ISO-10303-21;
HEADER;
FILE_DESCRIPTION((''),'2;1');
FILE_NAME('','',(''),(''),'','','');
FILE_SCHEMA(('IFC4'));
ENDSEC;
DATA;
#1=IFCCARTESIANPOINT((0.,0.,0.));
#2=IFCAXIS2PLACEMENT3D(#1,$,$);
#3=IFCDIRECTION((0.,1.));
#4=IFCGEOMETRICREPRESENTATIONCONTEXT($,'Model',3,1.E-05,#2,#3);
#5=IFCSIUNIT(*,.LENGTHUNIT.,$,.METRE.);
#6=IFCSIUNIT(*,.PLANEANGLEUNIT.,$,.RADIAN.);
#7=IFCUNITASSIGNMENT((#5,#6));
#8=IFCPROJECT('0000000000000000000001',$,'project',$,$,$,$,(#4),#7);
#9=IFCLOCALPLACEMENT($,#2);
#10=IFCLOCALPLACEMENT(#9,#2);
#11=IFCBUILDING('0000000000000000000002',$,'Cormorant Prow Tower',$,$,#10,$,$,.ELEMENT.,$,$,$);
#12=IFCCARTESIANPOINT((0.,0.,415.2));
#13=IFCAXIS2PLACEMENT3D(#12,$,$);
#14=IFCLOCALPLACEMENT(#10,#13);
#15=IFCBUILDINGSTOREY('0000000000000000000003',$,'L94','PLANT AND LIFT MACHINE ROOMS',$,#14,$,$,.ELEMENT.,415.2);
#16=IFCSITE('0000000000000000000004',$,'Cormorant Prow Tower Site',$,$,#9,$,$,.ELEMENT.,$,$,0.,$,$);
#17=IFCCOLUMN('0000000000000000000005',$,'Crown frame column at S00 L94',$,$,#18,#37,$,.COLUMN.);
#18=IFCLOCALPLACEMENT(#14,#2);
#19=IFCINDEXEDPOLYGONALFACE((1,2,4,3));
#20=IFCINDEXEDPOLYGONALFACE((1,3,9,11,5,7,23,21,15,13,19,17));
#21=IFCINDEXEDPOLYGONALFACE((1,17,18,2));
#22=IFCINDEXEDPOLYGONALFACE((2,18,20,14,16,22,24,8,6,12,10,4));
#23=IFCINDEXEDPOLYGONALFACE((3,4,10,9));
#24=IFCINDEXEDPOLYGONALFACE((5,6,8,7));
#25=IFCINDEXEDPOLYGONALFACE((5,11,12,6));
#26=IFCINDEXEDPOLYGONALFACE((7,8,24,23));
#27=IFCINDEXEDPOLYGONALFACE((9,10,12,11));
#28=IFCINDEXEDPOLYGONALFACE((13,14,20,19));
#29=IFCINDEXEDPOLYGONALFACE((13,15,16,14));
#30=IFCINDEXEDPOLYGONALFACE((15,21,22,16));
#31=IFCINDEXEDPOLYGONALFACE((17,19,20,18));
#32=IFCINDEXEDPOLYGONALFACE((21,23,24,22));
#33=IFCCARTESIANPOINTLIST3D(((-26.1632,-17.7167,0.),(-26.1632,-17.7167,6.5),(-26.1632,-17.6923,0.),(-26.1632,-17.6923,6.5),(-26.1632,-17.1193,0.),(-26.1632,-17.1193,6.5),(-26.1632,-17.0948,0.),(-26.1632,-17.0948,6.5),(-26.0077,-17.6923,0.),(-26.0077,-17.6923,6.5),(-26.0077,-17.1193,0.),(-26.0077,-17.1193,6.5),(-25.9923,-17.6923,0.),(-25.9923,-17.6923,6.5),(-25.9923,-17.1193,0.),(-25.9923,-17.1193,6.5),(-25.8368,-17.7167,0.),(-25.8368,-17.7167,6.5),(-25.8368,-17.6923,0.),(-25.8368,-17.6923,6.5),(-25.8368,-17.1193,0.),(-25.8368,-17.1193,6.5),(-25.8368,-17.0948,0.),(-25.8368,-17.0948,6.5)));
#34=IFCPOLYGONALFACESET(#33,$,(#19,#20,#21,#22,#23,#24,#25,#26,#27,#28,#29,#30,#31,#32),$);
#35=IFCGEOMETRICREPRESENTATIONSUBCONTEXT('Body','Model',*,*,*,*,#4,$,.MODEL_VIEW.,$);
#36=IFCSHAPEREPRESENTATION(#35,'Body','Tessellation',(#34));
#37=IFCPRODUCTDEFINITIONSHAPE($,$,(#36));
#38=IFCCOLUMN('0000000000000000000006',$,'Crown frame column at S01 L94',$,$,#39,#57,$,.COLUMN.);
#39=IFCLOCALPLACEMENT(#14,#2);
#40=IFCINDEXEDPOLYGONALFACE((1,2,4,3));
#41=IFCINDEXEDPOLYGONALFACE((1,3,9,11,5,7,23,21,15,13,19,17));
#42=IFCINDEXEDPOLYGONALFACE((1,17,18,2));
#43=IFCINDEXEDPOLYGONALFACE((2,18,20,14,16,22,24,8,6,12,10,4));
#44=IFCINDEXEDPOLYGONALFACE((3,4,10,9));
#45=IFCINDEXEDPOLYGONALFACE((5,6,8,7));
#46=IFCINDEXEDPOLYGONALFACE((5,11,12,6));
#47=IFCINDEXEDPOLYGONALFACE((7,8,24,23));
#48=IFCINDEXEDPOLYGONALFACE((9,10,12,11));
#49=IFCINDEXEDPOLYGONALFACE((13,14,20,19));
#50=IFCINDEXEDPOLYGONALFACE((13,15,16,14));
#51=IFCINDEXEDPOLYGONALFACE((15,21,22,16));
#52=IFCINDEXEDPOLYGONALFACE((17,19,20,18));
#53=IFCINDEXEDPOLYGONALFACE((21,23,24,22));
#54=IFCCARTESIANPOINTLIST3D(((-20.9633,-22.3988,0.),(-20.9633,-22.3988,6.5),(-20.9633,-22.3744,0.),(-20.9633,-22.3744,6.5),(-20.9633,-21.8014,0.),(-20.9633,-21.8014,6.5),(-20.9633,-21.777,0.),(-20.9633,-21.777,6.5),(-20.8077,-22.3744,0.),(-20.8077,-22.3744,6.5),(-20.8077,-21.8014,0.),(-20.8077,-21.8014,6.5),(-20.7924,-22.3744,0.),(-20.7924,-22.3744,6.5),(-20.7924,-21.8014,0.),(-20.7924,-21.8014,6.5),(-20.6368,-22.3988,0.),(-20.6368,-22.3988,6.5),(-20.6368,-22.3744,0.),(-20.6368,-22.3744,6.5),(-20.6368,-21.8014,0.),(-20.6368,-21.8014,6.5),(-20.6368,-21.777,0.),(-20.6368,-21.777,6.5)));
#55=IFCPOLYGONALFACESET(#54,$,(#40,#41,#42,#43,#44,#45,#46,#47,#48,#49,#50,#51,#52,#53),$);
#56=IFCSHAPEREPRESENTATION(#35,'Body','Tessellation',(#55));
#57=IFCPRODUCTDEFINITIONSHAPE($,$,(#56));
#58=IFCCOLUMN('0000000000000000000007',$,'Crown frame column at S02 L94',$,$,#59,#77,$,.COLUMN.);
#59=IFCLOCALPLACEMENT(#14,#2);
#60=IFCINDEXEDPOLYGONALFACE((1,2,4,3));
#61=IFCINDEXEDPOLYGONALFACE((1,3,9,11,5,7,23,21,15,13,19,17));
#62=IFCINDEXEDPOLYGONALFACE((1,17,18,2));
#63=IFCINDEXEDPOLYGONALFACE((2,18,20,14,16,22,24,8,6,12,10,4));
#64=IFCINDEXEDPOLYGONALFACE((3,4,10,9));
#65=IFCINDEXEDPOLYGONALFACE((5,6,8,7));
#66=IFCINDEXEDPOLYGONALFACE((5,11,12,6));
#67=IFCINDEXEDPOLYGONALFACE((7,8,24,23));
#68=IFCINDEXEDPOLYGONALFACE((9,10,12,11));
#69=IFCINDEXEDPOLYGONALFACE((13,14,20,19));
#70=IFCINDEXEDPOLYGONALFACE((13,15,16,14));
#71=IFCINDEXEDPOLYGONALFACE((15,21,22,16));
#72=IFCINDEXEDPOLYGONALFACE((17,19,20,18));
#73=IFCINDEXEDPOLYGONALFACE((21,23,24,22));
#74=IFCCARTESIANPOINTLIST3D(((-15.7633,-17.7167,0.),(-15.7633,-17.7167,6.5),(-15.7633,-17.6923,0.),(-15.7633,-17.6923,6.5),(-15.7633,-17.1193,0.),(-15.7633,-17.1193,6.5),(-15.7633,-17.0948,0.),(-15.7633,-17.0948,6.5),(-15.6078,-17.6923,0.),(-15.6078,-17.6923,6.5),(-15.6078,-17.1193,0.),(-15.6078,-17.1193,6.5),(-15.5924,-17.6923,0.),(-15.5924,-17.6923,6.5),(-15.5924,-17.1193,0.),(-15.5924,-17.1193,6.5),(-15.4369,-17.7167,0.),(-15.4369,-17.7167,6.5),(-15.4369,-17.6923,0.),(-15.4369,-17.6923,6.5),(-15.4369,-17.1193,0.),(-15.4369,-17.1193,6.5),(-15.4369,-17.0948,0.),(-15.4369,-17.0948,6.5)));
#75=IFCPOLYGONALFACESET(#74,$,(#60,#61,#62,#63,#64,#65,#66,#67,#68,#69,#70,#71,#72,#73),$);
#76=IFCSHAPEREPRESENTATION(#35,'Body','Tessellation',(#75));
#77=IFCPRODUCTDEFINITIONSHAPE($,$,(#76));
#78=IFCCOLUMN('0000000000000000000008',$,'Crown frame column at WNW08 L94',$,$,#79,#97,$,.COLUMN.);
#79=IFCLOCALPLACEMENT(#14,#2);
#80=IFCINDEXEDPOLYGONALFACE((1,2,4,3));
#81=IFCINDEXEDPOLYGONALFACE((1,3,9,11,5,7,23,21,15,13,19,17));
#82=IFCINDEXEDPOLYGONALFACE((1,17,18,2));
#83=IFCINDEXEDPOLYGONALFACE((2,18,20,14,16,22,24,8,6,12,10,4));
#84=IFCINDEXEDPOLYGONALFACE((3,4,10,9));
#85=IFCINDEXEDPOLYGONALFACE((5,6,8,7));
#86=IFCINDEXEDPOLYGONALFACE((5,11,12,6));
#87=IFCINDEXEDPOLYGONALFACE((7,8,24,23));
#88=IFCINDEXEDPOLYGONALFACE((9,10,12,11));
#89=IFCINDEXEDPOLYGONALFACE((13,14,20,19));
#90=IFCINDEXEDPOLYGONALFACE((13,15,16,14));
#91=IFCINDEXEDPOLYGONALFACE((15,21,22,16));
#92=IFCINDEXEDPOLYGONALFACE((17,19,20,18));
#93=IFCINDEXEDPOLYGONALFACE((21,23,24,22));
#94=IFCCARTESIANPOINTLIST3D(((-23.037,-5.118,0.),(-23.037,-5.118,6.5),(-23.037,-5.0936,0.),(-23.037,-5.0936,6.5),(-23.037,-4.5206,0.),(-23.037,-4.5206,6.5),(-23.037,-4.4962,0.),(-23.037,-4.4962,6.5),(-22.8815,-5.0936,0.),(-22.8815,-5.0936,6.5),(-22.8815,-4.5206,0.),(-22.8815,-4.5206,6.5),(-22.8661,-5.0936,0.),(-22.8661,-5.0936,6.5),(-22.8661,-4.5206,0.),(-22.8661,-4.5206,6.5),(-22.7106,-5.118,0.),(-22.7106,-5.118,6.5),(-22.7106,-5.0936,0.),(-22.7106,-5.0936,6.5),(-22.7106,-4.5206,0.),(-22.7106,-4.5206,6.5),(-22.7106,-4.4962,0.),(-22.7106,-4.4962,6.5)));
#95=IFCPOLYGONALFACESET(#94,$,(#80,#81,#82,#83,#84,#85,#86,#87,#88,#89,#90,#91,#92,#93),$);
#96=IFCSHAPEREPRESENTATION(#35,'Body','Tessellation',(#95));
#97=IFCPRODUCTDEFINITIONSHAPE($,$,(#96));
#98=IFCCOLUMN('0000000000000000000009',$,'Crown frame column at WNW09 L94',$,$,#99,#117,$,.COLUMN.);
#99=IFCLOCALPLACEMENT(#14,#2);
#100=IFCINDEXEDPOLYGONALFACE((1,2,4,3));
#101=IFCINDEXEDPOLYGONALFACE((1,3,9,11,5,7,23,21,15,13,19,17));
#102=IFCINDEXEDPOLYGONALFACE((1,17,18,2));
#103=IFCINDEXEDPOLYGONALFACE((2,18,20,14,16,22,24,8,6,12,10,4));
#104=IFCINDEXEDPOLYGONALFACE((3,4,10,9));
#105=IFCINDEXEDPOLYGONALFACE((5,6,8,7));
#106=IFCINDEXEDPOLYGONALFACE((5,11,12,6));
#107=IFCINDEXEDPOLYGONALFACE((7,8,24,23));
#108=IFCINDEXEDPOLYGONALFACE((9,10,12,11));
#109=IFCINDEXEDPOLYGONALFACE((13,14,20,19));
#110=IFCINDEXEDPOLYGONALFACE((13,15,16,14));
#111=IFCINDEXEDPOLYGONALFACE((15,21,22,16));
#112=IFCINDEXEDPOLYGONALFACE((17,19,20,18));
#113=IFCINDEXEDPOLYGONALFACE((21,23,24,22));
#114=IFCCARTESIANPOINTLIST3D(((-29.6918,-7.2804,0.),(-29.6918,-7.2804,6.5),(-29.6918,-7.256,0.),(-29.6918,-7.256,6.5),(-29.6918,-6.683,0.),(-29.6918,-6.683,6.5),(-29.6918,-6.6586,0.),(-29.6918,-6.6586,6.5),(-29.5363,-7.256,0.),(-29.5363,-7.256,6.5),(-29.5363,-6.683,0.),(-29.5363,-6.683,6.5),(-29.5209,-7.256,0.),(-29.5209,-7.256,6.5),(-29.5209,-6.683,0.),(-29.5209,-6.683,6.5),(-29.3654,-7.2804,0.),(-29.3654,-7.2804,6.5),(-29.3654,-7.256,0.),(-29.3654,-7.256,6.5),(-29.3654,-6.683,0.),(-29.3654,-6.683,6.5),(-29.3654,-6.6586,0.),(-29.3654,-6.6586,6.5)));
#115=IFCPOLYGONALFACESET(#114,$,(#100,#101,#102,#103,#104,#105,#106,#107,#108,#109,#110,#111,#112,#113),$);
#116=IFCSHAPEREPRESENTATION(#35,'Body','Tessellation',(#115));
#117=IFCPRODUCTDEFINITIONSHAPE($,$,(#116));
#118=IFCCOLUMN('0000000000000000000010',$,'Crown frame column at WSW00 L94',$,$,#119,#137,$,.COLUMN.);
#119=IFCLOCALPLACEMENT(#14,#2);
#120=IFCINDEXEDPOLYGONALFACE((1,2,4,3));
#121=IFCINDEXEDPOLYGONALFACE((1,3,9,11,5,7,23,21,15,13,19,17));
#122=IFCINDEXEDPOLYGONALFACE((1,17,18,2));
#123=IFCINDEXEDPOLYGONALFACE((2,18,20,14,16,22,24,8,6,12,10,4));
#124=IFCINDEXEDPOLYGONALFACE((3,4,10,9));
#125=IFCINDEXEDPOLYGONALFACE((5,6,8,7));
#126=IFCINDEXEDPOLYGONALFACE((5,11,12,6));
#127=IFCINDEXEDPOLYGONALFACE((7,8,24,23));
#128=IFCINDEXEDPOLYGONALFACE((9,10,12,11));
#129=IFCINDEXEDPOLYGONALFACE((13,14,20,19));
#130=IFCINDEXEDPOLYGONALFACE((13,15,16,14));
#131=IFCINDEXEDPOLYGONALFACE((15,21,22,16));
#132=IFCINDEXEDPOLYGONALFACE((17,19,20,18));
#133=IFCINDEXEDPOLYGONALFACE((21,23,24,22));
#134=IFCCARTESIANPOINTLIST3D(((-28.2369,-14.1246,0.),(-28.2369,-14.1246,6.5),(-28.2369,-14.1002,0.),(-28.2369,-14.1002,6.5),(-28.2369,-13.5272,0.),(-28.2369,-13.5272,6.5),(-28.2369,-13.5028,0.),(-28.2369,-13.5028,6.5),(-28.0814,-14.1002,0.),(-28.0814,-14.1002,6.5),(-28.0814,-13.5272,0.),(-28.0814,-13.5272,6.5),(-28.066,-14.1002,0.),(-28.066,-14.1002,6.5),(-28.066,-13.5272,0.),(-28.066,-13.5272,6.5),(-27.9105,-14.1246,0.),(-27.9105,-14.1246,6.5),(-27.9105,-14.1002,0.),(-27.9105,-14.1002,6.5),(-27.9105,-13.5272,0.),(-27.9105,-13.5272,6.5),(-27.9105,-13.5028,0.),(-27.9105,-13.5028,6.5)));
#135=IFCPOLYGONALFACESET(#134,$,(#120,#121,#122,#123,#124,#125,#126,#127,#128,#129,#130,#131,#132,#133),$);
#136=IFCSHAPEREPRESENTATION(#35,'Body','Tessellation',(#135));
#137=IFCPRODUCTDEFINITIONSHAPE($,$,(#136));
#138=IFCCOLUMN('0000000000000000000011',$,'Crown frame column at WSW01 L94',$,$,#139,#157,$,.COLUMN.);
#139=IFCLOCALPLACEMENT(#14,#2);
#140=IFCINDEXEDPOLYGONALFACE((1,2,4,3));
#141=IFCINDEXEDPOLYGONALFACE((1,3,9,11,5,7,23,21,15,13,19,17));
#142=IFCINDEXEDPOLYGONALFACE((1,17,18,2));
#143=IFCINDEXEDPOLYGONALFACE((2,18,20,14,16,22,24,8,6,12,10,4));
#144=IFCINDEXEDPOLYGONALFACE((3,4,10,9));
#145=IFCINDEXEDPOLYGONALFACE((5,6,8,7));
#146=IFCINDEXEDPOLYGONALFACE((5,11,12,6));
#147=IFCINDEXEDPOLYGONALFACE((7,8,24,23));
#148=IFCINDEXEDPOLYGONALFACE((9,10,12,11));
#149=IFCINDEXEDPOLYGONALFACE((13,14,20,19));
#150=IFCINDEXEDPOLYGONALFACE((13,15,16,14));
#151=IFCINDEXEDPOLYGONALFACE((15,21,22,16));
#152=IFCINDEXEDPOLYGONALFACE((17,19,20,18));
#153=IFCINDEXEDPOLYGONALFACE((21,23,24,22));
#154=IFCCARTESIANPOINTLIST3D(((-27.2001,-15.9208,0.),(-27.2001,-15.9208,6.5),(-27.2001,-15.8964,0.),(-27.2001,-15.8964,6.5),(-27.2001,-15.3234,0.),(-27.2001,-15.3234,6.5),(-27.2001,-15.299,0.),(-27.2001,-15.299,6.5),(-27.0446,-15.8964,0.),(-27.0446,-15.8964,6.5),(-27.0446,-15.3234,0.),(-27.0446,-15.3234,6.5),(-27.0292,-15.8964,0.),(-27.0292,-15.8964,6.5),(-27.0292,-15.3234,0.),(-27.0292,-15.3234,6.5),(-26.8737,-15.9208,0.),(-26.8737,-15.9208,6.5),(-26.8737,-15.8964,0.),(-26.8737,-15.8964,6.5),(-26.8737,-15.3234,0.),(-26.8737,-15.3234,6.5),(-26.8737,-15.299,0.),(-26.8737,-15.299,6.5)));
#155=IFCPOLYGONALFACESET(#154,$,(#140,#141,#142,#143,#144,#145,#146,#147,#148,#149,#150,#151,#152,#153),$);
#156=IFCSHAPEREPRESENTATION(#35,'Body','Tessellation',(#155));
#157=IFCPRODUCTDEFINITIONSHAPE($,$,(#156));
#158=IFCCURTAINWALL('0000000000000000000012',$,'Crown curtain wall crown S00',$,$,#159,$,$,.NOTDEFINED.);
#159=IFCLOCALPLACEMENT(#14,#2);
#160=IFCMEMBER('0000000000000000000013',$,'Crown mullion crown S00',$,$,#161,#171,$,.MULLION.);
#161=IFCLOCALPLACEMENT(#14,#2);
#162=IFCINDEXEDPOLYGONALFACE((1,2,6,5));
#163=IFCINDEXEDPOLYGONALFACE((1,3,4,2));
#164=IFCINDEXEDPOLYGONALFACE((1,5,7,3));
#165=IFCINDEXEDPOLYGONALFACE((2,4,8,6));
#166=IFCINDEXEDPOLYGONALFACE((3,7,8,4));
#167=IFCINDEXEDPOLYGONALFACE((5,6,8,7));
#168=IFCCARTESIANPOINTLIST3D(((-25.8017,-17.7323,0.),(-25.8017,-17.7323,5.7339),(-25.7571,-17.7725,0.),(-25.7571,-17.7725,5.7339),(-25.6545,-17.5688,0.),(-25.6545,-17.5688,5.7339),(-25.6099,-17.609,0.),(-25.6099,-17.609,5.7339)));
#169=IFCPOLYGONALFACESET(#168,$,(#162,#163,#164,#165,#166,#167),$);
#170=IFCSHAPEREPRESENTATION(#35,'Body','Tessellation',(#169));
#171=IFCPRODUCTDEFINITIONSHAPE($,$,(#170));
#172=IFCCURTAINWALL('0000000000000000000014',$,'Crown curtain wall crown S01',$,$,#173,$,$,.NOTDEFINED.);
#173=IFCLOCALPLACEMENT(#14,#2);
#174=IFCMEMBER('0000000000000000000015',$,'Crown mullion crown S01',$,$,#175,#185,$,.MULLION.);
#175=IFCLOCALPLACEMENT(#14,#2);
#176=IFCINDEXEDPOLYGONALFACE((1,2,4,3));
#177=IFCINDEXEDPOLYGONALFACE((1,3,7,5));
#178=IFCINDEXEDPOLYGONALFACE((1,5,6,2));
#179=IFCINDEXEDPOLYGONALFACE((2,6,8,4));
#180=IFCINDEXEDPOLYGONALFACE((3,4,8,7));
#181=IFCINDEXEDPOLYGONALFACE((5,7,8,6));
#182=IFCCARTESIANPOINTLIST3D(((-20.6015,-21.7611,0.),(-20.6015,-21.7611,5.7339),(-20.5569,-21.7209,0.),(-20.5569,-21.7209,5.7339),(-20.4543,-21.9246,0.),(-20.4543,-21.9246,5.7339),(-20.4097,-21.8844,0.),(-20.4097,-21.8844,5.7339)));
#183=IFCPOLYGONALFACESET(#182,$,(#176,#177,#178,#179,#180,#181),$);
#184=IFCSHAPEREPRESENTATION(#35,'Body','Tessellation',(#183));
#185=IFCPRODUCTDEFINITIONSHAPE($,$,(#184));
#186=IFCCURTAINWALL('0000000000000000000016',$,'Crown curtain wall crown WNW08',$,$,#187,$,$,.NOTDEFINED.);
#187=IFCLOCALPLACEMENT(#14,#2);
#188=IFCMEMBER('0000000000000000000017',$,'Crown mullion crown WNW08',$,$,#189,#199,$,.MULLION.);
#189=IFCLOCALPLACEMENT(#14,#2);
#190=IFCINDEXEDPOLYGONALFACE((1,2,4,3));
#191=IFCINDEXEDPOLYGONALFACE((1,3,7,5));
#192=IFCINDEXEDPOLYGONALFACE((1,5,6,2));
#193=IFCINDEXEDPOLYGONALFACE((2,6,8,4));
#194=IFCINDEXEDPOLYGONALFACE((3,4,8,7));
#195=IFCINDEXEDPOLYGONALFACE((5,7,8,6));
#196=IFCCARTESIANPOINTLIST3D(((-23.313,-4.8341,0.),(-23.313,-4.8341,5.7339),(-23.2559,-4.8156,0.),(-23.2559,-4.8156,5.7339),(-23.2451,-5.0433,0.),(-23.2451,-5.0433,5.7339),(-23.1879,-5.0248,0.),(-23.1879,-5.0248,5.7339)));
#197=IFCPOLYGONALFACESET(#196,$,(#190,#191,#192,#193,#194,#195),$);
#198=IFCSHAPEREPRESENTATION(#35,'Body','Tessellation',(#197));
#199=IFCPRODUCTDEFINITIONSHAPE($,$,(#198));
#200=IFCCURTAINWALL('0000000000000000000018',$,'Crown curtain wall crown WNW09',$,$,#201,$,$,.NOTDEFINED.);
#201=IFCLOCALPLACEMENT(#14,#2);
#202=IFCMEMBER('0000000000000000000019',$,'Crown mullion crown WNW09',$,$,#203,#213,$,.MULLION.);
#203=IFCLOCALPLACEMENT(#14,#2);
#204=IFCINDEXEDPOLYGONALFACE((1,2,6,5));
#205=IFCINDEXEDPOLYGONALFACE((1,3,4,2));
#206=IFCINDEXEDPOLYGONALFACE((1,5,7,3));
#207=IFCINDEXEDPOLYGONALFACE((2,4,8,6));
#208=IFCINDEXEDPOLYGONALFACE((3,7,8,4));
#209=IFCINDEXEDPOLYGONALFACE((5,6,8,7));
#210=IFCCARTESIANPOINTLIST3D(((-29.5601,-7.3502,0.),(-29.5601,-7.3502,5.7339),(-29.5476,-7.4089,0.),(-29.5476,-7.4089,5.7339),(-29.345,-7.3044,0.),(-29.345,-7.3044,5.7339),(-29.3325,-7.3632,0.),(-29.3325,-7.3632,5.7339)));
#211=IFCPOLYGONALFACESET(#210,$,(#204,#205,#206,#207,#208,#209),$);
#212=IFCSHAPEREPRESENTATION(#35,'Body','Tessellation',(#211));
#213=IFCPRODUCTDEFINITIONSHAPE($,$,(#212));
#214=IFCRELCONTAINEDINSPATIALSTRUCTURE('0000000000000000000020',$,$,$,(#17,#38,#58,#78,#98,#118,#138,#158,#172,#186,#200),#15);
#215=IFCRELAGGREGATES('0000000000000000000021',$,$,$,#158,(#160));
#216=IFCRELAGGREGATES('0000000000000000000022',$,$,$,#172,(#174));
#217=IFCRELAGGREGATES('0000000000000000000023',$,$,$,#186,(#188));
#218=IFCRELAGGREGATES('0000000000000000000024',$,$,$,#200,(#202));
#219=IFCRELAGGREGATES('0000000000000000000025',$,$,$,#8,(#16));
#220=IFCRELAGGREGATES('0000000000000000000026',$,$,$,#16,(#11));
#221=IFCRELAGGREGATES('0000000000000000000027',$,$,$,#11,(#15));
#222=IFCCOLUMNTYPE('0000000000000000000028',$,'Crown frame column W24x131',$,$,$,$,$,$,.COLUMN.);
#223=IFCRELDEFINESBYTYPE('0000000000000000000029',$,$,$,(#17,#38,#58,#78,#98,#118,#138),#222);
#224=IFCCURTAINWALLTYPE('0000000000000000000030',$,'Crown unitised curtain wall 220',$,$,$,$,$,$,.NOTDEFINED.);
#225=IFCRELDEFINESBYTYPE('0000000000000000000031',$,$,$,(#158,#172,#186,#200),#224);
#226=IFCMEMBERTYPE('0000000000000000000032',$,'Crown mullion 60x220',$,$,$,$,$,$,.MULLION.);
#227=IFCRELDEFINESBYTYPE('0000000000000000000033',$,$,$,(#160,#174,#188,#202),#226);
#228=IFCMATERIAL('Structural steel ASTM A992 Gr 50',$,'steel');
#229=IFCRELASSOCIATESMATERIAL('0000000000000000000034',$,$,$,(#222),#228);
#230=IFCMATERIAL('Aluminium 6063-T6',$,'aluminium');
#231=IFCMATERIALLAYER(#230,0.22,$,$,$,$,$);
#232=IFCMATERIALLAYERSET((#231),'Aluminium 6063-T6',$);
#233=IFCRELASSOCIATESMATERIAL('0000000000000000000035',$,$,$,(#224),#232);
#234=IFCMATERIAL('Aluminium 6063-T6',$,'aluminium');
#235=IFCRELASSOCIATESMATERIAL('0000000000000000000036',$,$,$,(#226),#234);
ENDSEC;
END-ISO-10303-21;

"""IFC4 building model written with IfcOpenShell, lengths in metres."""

from ifc_helpers import new_model, si_unit, direction, frame, origin, origin_2d, place, context, subcontext, project, spatial, rectangle, i_section, extrude, material, layer, layer_set, material_profile, profile_set, type_object, element, aggregate, save


model = new_model("IFC4")

# Units and contexts
model_context = context("Model", 3, precision=1e-05, world=origin(), true_north=direction((0.0, 1.0)))
body_context = subcontext(model_context, "Body", "Model", "MODEL_VIEW")
ifc_project = project(units=[si_unit("LENGTHUNIT", "METRE"), si_unit("PLANEANGLEUNIT", "RADIAN")], contexts=[model_context])

# Site, building, storey
site_placement = place(None, origin())
site = spatial("IfcSite", under=ifc_project, at=site_placement, Name="Cormorant Prow Tower Site", CompositionType="ELEMENT", RefElevation=0.0)
building_placement = place(site_placement, origin())
building = spatial("IfcBuilding", under=site, at=building_placement, Name="Cormorant Prow Tower", CompositionType="ELEMENT")
storey_placement = place(building_placement, frame((0.0, 0.0, 415.2)))
storey = spatial("IfcBuildingStorey", under=building, at=storey_placement, Name="L94", Description="PLANT AND LIFT MACHINE ROOMS", CompositionType="ELEMENT", Elevation=415.2)

# Columns
ifc_material_1 = material(Name="Structural steel ASTM A992 Gr 50", Category="steel")
ifc_material_profile_1 = material_profile(ifc_material_1, i_section(OverallWidth=0.3264, OverallDepth=0.6218, WebThickness=0.0154, FlangeThickness=0.0244, at=origin_2d()), Name="W24x131")
ifc_profile_set_1 = profile_set([ifc_material_profile_1], Name="Structural steel ASTM A992 Gr 50")
column_type = type_object("IfcColumnType", Name="Crown frame column W24x131", PredefinedType="COLUMN", material=ifc_profile_set_1)
for number, where, z_axis, x_axis, name in (
    (1, (-26.0, -17.4058, 0.0), (0.0, 0.0, 1.0), (1.0, 0.0, 0.0), "Crown frame column at S00 L94"),
    (2, (-20.8, -22.0879, 0.0), (0.0, 0.0, 1.0), (1.0, 0.0, 0.0), "Crown frame column at S01 L94"),
    (3, (-15.6001, -17.4058, 0.0), (0.0, 0.0, 1.0), (1.0, 0.0, 0.0), "Crown frame column at S02 L94"),
    (4, (-22.8738, -4.8071, 0.0), (0.0, 0.0, 1.0), (1.0, 0.0, 0.0), "Crown frame column at WNW08 L94"),
    (5, (-29.5286, -6.9695, 0.0), (0.0, 0.0, 1.0), (1.0, 0.0, 0.0), "Crown frame column at WNW09 L94"),
    (6, (-28.0737, -13.8137, 0.0), (0.0, 0.0, 1.0), (1.0, 0.0, 0.0), "Crown frame column at WSW00 L94"),
    (7, (-27.0369, -15.6099, 0.0), (0.0, 0.0, 1.0), (1.0, 0.0, 0.0), "Crown frame column at WSW01 L94"),
):
    element("IfcColumn", number, at=place(storey_placement, frame(where, z_axis=z_axis, x_axis=x_axis)), inside=storey, type_object=column_type, Name=name, PredefinedType="COLUMN", context=body_context, shape_type="SweptSolid", body=[
        extrude(i_section(OverallWidth=0.3264, OverallDepth=0.6218, WebThickness=0.0154, FlangeThickness=0.0244, at=origin_2d()), origin(), (0.0, 0.0, 1.0), 6.5),
    ])

# Curtain walls, members
ifc_material_2 = material(Name="Aluminium 6063-T6", Category="aluminium")
ifc_layer_1 = layer(ifc_material_2, 0.22)
ifc_layer_set_1 = layer_set([ifc_layer_1], Name="Aluminium 6063-T6")
curtain_wall_type = type_object("IfcCurtainWallType", Name="Crown unitised curtain wall 220", PredefinedType="NOTDEFINED", material=ifc_layer_set_1)
curtain_wall_1_placement = place(storey_placement, origin())
curtain_wall_1 = element("IfcCurtainWall", 8, at=curtain_wall_1_placement, inside=storey, type_object=curtain_wall_type, Name="Crown curtain wall crown S00", PredefinedType="NOTDEFINED")
ifc_material_3 = material(Name="Aluminium 6063-T6", Category="aluminium")
ifc_material_profile_2 = material_profile(ifc_material_3, rectangle(XDim=0.22, YDim=0.0601, at=origin_2d()), Name="Crown mullion 60x220")
ifc_profile_set_2 = profile_set([ifc_material_profile_2], Name="Aluminium 6063-T6")
member_type_1 = type_object("IfcMemberType", Name="Crown mullion 60x220", PredefinedType="MULLION", material=ifc_profile_set_2)
member_1_placement = place(storey_placement, frame((-25.7058, -17.6707, 0.0), z_axis=(0.0, 0.0, 1.0), x_axis=(0.669131, 0.743145, 0.0)))
member_1 = element("IfcMember", 9, at=member_1_placement, type_object=member_type_1, Name="Crown mullion crown S00", PredefinedType="MULLION", context=body_context, shape_type="SweptSolid", body=[
    extrude(rectangle(XDim=0.22, YDim=0.0601, at=origin_2d()), origin(), (0.0, 0.0, 1.0), 5.7339),
])
curtain_wall_2_placement = place(storey_placement, origin())
curtain_wall_2 = element("IfcCurtainWall", 10, at=curtain_wall_2_placement, inside=storey, type_object=curtain_wall_type, Name="Crown curtain wall crown S01", PredefinedType="NOTDEFINED")
member_2_placement = place(storey_placement, frame((-20.5056, -21.8228, 0.0), z_axis=(0.0, 0.0, 1.0), x_axis=(-0.669131, 0.743145, 0.0)))
member_2 = element("IfcMember", 11, at=member_2_placement, type_object=member_type_1, Name="Crown mullion crown S01", PredefinedType="MULLION", context=body_context, shape_type="SweptSolid", body=[
    extrude(rectangle(XDim=0.22, YDim=0.0601, at=origin_2d()), origin(), (0.0, 0.0, 1.0), 5.7339),
])
curtain_wall_3_placement = place(storey_placement, origin())
curtain_wall_3 = element("IfcCurtainWall", 12, at=curtain_wall_3_placement, inside=storey, type_object=curtain_wall_type, Name="Crown curtain wall crown WNW08", PredefinedType="NOTDEFINED")
member_3_placement = place(storey_placement, frame((-23.2505, -4.9294, 0.0), z_axis=(0.0, 0.0, 1.0), x_axis=(0.309017, -0.951057, 0.0)))
member_3 = element("IfcMember", 13, at=member_3_placement, type_object=member_type_1, Name="Crown mullion crown WNW08", PredefinedType="MULLION", context=body_context, shape_type="SweptSolid", body=[
    extrude(rectangle(XDim=0.22, YDim=0.0601, at=origin_2d()), origin(), (0.0, 0.0, 1.0), 5.7339),
])
curtain_wall_4_placement = place(storey_placement, origin())
curtain_wall_4 = element("IfcCurtainWall", 14, at=curtain_wall_4_placement, inside=storey, type_object=curtain_wall_type, Name="Crown curtain wall crown WNW09", PredefinedType="NOTDEFINED")
member_4_placement = place(storey_placement, frame((-29.4463, -7.3567, 0.0), z_axis=(0.0, 0.0, 1.0), x_axis=(0.978148, 0.207912, 0.0)))
member_4 = element("IfcMember", 15, at=member_4_placement, type_object=member_type_1, Name="Crown mullion crown WNW09", PredefinedType="MULLION", context=body_context, shape_type="SweptSolid", body=[
    extrude(rectangle(XDim=0.22, YDim=0.0601, at=origin_2d()), origin(), (0.0, 0.0, 1.0), 5.7339),
])

aggregate(curtain_wall_1, [member_1])
aggregate(curtain_wall_2, [member_2])

aggregate(curtain_wall_3, [member_3])
aggregate(curtain_wall_4, [member_4])

save(model, "model.ifc")
